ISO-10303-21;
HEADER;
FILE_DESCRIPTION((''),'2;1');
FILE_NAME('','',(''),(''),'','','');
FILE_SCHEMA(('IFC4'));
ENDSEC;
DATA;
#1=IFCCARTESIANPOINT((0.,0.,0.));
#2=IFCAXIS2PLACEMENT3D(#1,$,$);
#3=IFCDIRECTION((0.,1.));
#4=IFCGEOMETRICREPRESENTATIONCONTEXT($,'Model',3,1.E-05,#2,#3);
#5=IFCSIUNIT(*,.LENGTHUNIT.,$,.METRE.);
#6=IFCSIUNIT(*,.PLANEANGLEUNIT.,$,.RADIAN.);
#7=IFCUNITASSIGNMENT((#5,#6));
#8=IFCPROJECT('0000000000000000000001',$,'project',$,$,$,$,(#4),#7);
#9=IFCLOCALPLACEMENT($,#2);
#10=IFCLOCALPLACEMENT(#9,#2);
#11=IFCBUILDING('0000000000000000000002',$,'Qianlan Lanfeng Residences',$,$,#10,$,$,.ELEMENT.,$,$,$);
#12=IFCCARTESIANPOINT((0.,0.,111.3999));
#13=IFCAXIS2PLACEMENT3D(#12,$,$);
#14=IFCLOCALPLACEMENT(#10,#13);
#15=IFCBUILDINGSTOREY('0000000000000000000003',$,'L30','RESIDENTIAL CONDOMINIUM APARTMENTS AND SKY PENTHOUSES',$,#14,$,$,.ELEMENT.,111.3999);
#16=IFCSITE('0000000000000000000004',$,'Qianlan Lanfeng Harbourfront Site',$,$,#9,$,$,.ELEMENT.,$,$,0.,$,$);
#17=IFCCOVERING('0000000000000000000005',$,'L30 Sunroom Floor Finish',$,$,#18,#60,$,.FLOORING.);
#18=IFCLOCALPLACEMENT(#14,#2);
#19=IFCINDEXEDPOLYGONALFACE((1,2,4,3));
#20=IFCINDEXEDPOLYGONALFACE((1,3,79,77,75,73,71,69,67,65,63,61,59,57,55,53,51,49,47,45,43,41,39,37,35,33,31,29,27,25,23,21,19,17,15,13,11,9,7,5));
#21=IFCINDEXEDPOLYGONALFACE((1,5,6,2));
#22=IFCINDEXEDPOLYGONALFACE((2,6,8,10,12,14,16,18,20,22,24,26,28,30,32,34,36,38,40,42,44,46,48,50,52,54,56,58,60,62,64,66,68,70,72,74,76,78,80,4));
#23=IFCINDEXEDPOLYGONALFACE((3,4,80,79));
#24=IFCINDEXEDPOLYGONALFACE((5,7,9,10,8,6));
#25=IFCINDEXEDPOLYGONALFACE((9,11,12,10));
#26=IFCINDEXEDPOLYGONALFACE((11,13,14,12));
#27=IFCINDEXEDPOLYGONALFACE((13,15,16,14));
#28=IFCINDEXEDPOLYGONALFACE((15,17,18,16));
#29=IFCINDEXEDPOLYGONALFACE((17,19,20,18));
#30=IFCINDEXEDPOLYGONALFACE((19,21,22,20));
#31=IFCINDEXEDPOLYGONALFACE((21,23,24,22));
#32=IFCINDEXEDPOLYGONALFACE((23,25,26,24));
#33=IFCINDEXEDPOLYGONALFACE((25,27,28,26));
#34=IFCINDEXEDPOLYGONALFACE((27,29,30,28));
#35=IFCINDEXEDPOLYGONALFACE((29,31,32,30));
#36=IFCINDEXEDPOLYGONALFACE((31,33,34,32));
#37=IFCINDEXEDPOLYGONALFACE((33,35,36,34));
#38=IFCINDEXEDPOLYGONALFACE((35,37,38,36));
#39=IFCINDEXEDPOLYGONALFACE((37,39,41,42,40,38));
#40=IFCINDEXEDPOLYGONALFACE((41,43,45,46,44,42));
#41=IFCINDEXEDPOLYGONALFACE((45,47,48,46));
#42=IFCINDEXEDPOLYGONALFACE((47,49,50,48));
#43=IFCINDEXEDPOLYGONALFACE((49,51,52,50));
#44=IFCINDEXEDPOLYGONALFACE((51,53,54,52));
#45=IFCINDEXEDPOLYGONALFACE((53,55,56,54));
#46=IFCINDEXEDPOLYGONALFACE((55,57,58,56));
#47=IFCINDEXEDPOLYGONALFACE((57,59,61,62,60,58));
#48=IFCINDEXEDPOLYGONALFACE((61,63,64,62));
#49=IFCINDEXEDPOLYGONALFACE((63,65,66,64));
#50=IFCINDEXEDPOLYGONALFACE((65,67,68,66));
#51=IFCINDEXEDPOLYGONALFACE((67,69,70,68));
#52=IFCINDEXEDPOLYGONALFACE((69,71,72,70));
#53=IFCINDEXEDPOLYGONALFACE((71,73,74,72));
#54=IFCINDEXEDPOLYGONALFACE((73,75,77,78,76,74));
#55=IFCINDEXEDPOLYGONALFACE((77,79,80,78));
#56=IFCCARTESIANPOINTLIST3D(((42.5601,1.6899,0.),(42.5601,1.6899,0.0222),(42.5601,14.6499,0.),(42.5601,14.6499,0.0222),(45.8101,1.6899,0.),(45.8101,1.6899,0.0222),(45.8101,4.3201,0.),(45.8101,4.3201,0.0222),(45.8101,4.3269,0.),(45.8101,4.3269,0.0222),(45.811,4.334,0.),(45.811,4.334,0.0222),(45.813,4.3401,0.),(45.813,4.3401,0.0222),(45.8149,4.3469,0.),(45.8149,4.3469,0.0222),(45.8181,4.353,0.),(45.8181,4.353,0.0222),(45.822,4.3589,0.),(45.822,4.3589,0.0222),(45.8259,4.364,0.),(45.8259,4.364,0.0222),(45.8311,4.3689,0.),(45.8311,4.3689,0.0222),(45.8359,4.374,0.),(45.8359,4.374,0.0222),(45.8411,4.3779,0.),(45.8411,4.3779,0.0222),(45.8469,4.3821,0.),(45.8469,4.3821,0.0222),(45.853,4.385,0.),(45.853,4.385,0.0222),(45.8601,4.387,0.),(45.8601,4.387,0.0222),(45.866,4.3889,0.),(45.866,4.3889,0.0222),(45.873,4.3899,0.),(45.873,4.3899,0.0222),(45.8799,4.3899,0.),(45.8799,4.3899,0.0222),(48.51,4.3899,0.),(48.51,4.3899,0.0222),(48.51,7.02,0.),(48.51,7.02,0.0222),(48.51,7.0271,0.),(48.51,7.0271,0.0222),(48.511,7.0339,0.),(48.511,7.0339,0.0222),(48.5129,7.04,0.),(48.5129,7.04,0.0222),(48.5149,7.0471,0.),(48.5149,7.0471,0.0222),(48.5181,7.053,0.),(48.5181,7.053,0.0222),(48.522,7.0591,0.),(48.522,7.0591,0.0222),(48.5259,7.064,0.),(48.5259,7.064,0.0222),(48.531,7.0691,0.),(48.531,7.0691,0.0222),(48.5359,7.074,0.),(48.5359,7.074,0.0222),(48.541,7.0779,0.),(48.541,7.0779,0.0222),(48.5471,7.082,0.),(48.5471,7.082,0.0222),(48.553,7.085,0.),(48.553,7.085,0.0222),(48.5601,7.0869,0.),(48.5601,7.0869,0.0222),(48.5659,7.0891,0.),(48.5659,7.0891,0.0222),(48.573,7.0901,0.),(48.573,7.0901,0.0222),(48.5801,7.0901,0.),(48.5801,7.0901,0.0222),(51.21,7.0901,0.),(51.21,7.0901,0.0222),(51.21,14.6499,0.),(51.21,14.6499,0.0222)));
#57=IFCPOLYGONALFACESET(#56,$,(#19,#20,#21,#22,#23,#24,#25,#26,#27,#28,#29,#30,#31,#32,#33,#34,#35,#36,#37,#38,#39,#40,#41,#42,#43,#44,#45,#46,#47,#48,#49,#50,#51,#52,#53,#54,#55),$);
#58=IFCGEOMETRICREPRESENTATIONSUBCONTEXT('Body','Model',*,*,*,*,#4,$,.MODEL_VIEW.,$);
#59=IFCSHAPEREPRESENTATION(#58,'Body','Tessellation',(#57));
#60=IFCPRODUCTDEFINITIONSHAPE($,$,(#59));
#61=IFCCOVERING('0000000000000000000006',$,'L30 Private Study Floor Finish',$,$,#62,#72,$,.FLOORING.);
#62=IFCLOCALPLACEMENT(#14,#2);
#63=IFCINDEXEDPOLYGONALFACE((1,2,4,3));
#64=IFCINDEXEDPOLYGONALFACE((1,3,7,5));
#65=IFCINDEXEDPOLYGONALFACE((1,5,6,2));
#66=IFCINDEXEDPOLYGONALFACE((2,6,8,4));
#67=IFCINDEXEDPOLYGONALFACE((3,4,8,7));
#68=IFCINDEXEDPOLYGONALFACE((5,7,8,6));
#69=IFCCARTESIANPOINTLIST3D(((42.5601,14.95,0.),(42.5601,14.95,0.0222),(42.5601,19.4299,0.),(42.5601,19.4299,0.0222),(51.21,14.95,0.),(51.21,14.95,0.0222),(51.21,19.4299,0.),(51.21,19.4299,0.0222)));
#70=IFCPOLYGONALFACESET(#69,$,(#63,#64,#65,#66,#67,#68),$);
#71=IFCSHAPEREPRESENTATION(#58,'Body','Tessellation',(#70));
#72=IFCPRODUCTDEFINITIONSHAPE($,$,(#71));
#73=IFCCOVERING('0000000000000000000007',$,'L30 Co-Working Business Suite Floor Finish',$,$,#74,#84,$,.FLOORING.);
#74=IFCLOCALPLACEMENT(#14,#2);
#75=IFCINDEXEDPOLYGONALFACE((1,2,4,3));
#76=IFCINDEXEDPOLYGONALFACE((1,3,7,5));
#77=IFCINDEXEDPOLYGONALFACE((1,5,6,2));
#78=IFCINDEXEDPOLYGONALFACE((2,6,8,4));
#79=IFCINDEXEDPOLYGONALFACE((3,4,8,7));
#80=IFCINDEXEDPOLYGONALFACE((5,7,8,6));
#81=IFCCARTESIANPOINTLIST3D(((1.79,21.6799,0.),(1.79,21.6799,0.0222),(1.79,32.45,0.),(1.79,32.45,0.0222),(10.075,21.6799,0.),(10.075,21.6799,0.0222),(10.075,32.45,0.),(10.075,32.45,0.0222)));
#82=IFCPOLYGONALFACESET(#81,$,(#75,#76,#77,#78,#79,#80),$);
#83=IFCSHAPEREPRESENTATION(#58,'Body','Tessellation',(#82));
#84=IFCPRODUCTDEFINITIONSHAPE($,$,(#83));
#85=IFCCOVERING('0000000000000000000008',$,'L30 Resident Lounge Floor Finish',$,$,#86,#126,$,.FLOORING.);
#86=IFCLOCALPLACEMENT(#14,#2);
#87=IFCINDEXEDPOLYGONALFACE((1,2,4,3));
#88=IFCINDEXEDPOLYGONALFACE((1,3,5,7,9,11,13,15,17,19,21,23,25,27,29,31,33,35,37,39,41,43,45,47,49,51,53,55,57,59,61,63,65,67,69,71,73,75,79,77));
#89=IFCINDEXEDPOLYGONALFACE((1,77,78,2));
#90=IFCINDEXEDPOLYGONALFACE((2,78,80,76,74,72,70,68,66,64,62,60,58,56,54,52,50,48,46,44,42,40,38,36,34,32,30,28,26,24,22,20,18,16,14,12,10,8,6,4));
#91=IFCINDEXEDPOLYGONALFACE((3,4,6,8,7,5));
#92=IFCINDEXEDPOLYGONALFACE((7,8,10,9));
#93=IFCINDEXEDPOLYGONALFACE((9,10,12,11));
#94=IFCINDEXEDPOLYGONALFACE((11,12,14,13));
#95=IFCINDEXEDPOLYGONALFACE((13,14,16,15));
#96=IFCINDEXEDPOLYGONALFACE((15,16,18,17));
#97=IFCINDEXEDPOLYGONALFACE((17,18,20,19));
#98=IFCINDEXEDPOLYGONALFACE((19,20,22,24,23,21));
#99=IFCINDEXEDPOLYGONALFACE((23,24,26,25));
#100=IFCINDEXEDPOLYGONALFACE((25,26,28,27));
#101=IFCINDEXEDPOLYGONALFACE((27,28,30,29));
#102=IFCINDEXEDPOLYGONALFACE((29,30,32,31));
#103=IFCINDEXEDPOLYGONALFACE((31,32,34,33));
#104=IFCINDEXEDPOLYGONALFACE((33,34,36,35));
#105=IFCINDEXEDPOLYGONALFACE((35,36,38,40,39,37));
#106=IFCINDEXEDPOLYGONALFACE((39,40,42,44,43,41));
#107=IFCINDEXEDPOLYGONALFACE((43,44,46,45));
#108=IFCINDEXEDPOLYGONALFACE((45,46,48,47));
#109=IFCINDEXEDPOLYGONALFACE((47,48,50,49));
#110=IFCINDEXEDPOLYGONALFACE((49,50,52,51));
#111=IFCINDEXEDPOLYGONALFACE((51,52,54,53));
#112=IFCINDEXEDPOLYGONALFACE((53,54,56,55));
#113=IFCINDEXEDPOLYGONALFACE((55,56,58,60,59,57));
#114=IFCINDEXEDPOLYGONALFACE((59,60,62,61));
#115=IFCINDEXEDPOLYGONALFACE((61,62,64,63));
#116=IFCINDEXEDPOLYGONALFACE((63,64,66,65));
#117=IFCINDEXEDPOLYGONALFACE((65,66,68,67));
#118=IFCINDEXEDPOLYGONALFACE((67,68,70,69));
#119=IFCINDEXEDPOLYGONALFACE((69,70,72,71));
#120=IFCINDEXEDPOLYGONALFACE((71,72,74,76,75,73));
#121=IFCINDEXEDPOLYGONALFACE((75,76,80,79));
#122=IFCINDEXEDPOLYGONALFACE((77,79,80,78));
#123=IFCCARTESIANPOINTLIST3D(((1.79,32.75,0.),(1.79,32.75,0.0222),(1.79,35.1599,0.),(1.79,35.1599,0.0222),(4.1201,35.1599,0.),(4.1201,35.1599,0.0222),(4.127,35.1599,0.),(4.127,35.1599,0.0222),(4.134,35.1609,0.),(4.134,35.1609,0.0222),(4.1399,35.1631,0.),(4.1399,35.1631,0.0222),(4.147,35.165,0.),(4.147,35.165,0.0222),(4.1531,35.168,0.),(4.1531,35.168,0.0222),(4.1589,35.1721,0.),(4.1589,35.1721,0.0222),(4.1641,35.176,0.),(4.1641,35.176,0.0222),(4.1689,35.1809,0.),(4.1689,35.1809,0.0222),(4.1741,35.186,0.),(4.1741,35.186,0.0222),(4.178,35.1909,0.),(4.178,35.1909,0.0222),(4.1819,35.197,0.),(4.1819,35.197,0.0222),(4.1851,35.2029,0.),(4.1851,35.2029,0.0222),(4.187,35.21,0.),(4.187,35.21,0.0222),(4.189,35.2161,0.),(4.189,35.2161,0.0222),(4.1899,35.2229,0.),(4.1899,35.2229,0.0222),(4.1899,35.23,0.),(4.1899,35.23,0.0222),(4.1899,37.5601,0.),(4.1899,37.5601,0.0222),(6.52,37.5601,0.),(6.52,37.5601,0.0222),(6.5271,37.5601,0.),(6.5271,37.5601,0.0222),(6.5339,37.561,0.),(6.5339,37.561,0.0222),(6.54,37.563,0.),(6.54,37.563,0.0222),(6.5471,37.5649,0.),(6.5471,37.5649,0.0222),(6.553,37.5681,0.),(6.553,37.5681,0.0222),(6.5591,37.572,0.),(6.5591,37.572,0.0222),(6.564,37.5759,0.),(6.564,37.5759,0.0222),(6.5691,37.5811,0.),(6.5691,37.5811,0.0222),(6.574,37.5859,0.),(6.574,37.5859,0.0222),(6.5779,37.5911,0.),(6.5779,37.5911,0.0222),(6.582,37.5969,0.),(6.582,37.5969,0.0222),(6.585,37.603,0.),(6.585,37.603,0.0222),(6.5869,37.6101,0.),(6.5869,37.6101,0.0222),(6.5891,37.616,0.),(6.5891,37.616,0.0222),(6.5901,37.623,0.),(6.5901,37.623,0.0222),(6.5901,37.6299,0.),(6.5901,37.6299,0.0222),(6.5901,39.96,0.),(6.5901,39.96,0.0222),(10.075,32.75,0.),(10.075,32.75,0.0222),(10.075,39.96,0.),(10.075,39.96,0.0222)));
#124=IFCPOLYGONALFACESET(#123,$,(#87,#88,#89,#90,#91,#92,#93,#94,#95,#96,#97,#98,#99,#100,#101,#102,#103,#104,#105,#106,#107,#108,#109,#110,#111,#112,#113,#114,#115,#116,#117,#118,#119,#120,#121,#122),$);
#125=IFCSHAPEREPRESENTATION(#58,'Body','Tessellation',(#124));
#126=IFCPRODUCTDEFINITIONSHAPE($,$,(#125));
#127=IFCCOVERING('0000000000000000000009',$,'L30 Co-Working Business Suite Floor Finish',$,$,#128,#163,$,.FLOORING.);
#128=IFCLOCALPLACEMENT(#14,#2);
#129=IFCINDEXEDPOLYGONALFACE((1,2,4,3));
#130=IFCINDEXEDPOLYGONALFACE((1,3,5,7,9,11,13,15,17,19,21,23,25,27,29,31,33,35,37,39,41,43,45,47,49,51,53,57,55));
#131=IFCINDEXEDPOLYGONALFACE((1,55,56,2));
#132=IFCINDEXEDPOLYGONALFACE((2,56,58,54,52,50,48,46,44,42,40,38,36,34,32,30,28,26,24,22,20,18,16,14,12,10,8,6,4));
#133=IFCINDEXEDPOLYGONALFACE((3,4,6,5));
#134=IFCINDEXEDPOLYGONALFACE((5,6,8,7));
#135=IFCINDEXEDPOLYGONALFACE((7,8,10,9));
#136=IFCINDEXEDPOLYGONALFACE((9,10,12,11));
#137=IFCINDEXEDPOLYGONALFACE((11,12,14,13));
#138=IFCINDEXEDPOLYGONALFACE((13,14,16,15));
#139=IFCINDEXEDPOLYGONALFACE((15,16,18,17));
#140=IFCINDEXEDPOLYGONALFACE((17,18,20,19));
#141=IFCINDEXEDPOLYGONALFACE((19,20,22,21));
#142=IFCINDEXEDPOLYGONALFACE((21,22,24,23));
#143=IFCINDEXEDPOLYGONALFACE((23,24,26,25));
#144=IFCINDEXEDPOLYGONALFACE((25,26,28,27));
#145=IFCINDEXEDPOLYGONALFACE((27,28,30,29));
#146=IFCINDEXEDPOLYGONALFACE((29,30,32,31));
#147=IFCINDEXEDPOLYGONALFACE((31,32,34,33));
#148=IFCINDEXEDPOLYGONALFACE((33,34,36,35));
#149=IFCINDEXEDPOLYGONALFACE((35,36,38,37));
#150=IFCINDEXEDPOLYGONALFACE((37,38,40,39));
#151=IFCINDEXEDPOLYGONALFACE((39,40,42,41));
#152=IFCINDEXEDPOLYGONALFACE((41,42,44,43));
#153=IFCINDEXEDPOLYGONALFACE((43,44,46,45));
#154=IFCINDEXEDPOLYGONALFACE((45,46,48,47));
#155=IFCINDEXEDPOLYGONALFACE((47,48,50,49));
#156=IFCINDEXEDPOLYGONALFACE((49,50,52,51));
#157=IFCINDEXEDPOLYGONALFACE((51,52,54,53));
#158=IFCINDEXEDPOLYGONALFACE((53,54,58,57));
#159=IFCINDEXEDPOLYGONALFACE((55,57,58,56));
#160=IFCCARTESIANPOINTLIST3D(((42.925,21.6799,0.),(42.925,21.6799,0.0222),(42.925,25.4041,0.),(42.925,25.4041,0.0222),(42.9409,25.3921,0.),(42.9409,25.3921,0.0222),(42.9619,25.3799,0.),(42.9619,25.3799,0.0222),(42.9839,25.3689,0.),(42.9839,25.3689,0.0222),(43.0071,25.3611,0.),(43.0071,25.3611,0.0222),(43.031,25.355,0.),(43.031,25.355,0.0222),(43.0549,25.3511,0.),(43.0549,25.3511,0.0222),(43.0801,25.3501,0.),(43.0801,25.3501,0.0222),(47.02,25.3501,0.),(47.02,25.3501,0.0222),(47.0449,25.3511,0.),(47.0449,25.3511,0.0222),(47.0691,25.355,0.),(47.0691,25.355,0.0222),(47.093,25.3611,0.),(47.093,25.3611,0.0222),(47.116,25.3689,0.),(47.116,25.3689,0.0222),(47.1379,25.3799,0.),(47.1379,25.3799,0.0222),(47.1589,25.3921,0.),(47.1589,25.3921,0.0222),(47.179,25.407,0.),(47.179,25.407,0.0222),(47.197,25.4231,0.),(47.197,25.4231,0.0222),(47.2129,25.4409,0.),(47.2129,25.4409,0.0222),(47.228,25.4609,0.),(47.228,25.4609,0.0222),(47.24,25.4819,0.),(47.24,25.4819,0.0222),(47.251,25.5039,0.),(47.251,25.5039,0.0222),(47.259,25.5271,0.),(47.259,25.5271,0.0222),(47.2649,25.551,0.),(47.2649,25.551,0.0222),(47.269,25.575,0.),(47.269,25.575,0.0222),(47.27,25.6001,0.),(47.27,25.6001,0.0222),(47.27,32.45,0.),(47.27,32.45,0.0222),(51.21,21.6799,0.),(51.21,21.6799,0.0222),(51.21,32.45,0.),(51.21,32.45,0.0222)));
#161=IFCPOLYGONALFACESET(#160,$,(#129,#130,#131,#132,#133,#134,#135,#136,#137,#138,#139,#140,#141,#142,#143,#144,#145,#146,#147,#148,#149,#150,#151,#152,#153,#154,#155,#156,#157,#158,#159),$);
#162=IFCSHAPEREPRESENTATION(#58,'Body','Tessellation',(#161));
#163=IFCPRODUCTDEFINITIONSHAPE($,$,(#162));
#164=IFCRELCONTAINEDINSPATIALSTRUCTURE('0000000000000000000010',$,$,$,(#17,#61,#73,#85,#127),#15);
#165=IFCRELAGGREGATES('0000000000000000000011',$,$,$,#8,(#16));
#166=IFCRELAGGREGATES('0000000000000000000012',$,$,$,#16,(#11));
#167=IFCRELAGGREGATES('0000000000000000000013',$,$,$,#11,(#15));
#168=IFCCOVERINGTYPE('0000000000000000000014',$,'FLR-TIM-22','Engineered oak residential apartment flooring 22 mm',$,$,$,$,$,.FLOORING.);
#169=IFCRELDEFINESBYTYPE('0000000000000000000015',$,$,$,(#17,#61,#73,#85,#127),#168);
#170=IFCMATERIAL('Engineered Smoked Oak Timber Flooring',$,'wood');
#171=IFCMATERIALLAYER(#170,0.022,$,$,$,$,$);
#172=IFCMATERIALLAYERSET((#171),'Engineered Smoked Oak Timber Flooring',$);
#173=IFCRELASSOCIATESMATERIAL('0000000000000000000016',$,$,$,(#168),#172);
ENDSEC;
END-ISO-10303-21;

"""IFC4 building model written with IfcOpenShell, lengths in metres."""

from ifc_helpers import new_model, si_unit, direction, frame, origin, place, context, subcontext, project, spatial, polyline, outline, extrude, material, layer, layer_set, type_object, element, save


model = new_model("IFC4")

# Units and contexts
model_context = context("Model", 3, precision=1e-05, world=origin(), true_north=direction((0.0, 1.0)))
body_context = subcontext(model_context, "Body", "Model", "MODEL_VIEW")
ifc_project = project(units=[si_unit("LENGTHUNIT", "METRE"), si_unit("PLANEANGLEUNIT", "RADIAN")], contexts=[model_context])

# Site, building, storey
site_placement = place(None, origin())
site = spatial("IfcSite", under=ifc_project, at=site_placement, Name="Qianlan Lanfeng Harbourfront Site", CompositionType="ELEMENT", RefElevation=0.0)
building_placement = place(site_placement, origin())
building = spatial("IfcBuilding", under=site, at=building_placement, Name="Qianlan Lanfeng Residences", CompositionType="ELEMENT")
storey_placement = place(building_placement, frame((0.0, 0.0, 111.3999)))
storey = spatial("IfcBuildingStorey", under=building, at=storey_placement, Name="L30", Description="RESIDENTIAL CONDOMINIUM APARTMENTS AND SKY PENTHOUSES", CompositionType="ELEMENT", Elevation=111.3999)

# Coverings
ifc_material_1 = material(Name="Engineered Smoked Oak Timber Flooring", Category="wood")
ifc_layer_1 = layer(ifc_material_1, 0.022)
ifc_layer_set_1 = layer_set([ifc_layer_1], Name="Engineered Smoked Oak Timber Flooring")
covering_type_1 = type_object("IfcCoveringType", Name="FLR-TIM-22", Description="Engineered oak residential apartment flooring 22 mm", PredefinedType="FLOORING", material=ifc_layer_set_1)
covering_1_placement = place(storey_placement, origin())
element("IfcCovering", 1, at=covering_1_placement, inside=storey, type_object=covering_type_1, Name="L30 Sunroom Floor Finish", PredefinedType="FLOORING", context=body_context, shape_type="SweptSolid", body=[
    extrude(outline(polyline([(51.21, 14.6499), (42.5601, 14.6499), (42.5601, 1.6899), (45.8101, 1.6899), (45.8101, 4.3201), (45.8101, 4.3269), (45.811, 4.334), (45.813, 4.3401), (45.8149, 4.3469), (45.8181, 4.353), (45.822, 4.3589), (45.8259, 4.364), (45.8311, 4.3689), (45.8359, 4.374), (45.8411, 4.3779), (45.8469, 4.3821), (45.853, 4.385), (45.8601, 4.387), (45.866, 4.3889), (45.873, 4.3899), (45.8799, 4.3899), (48.51, 4.3899), (48.51, 7.02), (48.51, 7.0271), (48.511, 7.0339), (48.5129, 7.04), (48.5149, 7.0471), (48.5181, 7.053), (48.522, 7.0591), (48.5259, 7.064), (48.531, 7.0691), (48.5359, 7.074), (48.541, 7.0779), (48.5471, 7.082), (48.553, 7.085), (48.5601, 7.0869), (48.5659, 7.0891), (48.573, 7.0901), (48.5801, 7.0901), (51.21, 7.0901), (51.21, 14.6499)])), origin(), (0.0, 0.0, 1.0), 0.0222),
])
covering_2_placement = place(storey_placement, origin())
element("IfcCovering", 2, at=covering_2_placement, inside=storey, type_object=covering_type_1, Name="L30 Private Study Floor Finish", PredefinedType="FLOORING", context=body_context, shape_type="SweptSolid", body=[
    extrude(outline(polyline([(51.21, 19.4299), (42.5601, 19.4299), (42.5601, 14.95), (51.21, 14.95), (51.21, 19.4299)])), origin(), (0.0, 0.0, 1.0), 0.0222),
])
covering_3_placement = place(storey_placement, origin())
element("IfcCovering", 3, at=covering_3_placement, inside=storey, type_object=covering_type_1, Name="L30 Co-Working Business Suite Floor Finish", PredefinedType="FLOORING", context=body_context, shape_type="SweptSolid", body=[
    extrude(outline(polyline([(10.075, 32.45), (1.79, 32.45), (1.79, 21.6799), (10.075, 21.6799), (10.075, 32.45)])), origin(), (0.0, 0.0, 1.0), 0.0222),
])
covering_4_placement = place(storey_placement, origin())
element("IfcCovering", 4, at=covering_4_placement, inside=storey, type_object=covering_type_1, Name="L30 Resident Lounge Floor Finish", PredefinedType="FLOORING", context=body_context, shape_type="SweptSolid", body=[
    extrude(outline(polyline([(1.79, 32.75), (10.075, 32.75), (10.075, 39.96), (6.5901, 39.96), (6.5901, 37.6299), (6.5901, 37.623), (6.5891, 37.616), (6.5869, 37.6101), (6.585, 37.603), (6.582, 37.5969), (6.5779, 37.5911), (6.574, 37.5859), (6.5691, 37.5811), (6.564, 37.5759), (6.5591, 37.572), (6.553, 37.5681), (6.5471, 37.5649), (6.54, 37.563), (6.5339, 37.561), (6.5271, 37.5601), (6.52, 37.5601), (4.1899, 37.5601), (4.1899, 35.23), (4.1899, 35.2229), (4.189, 35.2161), (4.187, 35.21), (4.1851, 35.2029), (4.1819, 35.197), (4.178, 35.1909), (4.1741, 35.186), (4.1689, 35.1809), (4.1641, 35.176), (4.1589, 35.1721), (4.1531, 35.168), (4.147, 35.165), (4.1399, 35.1631), (4.134, 35.1609), (4.127, 35.1599), (4.1201, 35.1599), (1.79, 35.1599), (1.79, 32.75)])), origin(), (0.0, 0.0, 1.0), 0.0222),
])
covering_5_placement = place(storey_placement, origin())
element("IfcCovering", 5, at=covering_5_placement, inside=storey, type_object=covering_type_1, Name="L30 Co-Working Business Suite Floor Finish", PredefinedType="FLOORING", context=body_context, shape_type="SweptSolid", body=[
    extrude(outline(polyline([(51.21, 32.45), (47.27, 32.45), (47.27, 25.6001), (47.269, 25.575), (47.2649, 25.551), (47.259, 25.5271), (47.251, 25.5039), (47.24, 25.4819), (47.228, 25.4609), (47.2129, 25.4409), (47.197, 25.4231), (47.179, 25.407), (47.1589, 25.3921), (47.1379, 25.3799), (47.116, 25.3689), (47.093, 25.3611), (47.0691, 25.355), (47.0449, 25.3511), (47.02, 25.3501), (43.0801, 25.3501), (43.0549, 25.3511), (43.031, 25.355), (43.0071, 25.3611), (42.9839, 25.3689), (42.9619, 25.3799), (42.9409, 25.3921), (42.925, 25.4041), (42.925, 21.6799), (51.21, 21.6799), (51.21, 32.45)])), origin(), (0.0, 0.0, 1.0), 0.0222),
])

save(model, "model.ifc")
